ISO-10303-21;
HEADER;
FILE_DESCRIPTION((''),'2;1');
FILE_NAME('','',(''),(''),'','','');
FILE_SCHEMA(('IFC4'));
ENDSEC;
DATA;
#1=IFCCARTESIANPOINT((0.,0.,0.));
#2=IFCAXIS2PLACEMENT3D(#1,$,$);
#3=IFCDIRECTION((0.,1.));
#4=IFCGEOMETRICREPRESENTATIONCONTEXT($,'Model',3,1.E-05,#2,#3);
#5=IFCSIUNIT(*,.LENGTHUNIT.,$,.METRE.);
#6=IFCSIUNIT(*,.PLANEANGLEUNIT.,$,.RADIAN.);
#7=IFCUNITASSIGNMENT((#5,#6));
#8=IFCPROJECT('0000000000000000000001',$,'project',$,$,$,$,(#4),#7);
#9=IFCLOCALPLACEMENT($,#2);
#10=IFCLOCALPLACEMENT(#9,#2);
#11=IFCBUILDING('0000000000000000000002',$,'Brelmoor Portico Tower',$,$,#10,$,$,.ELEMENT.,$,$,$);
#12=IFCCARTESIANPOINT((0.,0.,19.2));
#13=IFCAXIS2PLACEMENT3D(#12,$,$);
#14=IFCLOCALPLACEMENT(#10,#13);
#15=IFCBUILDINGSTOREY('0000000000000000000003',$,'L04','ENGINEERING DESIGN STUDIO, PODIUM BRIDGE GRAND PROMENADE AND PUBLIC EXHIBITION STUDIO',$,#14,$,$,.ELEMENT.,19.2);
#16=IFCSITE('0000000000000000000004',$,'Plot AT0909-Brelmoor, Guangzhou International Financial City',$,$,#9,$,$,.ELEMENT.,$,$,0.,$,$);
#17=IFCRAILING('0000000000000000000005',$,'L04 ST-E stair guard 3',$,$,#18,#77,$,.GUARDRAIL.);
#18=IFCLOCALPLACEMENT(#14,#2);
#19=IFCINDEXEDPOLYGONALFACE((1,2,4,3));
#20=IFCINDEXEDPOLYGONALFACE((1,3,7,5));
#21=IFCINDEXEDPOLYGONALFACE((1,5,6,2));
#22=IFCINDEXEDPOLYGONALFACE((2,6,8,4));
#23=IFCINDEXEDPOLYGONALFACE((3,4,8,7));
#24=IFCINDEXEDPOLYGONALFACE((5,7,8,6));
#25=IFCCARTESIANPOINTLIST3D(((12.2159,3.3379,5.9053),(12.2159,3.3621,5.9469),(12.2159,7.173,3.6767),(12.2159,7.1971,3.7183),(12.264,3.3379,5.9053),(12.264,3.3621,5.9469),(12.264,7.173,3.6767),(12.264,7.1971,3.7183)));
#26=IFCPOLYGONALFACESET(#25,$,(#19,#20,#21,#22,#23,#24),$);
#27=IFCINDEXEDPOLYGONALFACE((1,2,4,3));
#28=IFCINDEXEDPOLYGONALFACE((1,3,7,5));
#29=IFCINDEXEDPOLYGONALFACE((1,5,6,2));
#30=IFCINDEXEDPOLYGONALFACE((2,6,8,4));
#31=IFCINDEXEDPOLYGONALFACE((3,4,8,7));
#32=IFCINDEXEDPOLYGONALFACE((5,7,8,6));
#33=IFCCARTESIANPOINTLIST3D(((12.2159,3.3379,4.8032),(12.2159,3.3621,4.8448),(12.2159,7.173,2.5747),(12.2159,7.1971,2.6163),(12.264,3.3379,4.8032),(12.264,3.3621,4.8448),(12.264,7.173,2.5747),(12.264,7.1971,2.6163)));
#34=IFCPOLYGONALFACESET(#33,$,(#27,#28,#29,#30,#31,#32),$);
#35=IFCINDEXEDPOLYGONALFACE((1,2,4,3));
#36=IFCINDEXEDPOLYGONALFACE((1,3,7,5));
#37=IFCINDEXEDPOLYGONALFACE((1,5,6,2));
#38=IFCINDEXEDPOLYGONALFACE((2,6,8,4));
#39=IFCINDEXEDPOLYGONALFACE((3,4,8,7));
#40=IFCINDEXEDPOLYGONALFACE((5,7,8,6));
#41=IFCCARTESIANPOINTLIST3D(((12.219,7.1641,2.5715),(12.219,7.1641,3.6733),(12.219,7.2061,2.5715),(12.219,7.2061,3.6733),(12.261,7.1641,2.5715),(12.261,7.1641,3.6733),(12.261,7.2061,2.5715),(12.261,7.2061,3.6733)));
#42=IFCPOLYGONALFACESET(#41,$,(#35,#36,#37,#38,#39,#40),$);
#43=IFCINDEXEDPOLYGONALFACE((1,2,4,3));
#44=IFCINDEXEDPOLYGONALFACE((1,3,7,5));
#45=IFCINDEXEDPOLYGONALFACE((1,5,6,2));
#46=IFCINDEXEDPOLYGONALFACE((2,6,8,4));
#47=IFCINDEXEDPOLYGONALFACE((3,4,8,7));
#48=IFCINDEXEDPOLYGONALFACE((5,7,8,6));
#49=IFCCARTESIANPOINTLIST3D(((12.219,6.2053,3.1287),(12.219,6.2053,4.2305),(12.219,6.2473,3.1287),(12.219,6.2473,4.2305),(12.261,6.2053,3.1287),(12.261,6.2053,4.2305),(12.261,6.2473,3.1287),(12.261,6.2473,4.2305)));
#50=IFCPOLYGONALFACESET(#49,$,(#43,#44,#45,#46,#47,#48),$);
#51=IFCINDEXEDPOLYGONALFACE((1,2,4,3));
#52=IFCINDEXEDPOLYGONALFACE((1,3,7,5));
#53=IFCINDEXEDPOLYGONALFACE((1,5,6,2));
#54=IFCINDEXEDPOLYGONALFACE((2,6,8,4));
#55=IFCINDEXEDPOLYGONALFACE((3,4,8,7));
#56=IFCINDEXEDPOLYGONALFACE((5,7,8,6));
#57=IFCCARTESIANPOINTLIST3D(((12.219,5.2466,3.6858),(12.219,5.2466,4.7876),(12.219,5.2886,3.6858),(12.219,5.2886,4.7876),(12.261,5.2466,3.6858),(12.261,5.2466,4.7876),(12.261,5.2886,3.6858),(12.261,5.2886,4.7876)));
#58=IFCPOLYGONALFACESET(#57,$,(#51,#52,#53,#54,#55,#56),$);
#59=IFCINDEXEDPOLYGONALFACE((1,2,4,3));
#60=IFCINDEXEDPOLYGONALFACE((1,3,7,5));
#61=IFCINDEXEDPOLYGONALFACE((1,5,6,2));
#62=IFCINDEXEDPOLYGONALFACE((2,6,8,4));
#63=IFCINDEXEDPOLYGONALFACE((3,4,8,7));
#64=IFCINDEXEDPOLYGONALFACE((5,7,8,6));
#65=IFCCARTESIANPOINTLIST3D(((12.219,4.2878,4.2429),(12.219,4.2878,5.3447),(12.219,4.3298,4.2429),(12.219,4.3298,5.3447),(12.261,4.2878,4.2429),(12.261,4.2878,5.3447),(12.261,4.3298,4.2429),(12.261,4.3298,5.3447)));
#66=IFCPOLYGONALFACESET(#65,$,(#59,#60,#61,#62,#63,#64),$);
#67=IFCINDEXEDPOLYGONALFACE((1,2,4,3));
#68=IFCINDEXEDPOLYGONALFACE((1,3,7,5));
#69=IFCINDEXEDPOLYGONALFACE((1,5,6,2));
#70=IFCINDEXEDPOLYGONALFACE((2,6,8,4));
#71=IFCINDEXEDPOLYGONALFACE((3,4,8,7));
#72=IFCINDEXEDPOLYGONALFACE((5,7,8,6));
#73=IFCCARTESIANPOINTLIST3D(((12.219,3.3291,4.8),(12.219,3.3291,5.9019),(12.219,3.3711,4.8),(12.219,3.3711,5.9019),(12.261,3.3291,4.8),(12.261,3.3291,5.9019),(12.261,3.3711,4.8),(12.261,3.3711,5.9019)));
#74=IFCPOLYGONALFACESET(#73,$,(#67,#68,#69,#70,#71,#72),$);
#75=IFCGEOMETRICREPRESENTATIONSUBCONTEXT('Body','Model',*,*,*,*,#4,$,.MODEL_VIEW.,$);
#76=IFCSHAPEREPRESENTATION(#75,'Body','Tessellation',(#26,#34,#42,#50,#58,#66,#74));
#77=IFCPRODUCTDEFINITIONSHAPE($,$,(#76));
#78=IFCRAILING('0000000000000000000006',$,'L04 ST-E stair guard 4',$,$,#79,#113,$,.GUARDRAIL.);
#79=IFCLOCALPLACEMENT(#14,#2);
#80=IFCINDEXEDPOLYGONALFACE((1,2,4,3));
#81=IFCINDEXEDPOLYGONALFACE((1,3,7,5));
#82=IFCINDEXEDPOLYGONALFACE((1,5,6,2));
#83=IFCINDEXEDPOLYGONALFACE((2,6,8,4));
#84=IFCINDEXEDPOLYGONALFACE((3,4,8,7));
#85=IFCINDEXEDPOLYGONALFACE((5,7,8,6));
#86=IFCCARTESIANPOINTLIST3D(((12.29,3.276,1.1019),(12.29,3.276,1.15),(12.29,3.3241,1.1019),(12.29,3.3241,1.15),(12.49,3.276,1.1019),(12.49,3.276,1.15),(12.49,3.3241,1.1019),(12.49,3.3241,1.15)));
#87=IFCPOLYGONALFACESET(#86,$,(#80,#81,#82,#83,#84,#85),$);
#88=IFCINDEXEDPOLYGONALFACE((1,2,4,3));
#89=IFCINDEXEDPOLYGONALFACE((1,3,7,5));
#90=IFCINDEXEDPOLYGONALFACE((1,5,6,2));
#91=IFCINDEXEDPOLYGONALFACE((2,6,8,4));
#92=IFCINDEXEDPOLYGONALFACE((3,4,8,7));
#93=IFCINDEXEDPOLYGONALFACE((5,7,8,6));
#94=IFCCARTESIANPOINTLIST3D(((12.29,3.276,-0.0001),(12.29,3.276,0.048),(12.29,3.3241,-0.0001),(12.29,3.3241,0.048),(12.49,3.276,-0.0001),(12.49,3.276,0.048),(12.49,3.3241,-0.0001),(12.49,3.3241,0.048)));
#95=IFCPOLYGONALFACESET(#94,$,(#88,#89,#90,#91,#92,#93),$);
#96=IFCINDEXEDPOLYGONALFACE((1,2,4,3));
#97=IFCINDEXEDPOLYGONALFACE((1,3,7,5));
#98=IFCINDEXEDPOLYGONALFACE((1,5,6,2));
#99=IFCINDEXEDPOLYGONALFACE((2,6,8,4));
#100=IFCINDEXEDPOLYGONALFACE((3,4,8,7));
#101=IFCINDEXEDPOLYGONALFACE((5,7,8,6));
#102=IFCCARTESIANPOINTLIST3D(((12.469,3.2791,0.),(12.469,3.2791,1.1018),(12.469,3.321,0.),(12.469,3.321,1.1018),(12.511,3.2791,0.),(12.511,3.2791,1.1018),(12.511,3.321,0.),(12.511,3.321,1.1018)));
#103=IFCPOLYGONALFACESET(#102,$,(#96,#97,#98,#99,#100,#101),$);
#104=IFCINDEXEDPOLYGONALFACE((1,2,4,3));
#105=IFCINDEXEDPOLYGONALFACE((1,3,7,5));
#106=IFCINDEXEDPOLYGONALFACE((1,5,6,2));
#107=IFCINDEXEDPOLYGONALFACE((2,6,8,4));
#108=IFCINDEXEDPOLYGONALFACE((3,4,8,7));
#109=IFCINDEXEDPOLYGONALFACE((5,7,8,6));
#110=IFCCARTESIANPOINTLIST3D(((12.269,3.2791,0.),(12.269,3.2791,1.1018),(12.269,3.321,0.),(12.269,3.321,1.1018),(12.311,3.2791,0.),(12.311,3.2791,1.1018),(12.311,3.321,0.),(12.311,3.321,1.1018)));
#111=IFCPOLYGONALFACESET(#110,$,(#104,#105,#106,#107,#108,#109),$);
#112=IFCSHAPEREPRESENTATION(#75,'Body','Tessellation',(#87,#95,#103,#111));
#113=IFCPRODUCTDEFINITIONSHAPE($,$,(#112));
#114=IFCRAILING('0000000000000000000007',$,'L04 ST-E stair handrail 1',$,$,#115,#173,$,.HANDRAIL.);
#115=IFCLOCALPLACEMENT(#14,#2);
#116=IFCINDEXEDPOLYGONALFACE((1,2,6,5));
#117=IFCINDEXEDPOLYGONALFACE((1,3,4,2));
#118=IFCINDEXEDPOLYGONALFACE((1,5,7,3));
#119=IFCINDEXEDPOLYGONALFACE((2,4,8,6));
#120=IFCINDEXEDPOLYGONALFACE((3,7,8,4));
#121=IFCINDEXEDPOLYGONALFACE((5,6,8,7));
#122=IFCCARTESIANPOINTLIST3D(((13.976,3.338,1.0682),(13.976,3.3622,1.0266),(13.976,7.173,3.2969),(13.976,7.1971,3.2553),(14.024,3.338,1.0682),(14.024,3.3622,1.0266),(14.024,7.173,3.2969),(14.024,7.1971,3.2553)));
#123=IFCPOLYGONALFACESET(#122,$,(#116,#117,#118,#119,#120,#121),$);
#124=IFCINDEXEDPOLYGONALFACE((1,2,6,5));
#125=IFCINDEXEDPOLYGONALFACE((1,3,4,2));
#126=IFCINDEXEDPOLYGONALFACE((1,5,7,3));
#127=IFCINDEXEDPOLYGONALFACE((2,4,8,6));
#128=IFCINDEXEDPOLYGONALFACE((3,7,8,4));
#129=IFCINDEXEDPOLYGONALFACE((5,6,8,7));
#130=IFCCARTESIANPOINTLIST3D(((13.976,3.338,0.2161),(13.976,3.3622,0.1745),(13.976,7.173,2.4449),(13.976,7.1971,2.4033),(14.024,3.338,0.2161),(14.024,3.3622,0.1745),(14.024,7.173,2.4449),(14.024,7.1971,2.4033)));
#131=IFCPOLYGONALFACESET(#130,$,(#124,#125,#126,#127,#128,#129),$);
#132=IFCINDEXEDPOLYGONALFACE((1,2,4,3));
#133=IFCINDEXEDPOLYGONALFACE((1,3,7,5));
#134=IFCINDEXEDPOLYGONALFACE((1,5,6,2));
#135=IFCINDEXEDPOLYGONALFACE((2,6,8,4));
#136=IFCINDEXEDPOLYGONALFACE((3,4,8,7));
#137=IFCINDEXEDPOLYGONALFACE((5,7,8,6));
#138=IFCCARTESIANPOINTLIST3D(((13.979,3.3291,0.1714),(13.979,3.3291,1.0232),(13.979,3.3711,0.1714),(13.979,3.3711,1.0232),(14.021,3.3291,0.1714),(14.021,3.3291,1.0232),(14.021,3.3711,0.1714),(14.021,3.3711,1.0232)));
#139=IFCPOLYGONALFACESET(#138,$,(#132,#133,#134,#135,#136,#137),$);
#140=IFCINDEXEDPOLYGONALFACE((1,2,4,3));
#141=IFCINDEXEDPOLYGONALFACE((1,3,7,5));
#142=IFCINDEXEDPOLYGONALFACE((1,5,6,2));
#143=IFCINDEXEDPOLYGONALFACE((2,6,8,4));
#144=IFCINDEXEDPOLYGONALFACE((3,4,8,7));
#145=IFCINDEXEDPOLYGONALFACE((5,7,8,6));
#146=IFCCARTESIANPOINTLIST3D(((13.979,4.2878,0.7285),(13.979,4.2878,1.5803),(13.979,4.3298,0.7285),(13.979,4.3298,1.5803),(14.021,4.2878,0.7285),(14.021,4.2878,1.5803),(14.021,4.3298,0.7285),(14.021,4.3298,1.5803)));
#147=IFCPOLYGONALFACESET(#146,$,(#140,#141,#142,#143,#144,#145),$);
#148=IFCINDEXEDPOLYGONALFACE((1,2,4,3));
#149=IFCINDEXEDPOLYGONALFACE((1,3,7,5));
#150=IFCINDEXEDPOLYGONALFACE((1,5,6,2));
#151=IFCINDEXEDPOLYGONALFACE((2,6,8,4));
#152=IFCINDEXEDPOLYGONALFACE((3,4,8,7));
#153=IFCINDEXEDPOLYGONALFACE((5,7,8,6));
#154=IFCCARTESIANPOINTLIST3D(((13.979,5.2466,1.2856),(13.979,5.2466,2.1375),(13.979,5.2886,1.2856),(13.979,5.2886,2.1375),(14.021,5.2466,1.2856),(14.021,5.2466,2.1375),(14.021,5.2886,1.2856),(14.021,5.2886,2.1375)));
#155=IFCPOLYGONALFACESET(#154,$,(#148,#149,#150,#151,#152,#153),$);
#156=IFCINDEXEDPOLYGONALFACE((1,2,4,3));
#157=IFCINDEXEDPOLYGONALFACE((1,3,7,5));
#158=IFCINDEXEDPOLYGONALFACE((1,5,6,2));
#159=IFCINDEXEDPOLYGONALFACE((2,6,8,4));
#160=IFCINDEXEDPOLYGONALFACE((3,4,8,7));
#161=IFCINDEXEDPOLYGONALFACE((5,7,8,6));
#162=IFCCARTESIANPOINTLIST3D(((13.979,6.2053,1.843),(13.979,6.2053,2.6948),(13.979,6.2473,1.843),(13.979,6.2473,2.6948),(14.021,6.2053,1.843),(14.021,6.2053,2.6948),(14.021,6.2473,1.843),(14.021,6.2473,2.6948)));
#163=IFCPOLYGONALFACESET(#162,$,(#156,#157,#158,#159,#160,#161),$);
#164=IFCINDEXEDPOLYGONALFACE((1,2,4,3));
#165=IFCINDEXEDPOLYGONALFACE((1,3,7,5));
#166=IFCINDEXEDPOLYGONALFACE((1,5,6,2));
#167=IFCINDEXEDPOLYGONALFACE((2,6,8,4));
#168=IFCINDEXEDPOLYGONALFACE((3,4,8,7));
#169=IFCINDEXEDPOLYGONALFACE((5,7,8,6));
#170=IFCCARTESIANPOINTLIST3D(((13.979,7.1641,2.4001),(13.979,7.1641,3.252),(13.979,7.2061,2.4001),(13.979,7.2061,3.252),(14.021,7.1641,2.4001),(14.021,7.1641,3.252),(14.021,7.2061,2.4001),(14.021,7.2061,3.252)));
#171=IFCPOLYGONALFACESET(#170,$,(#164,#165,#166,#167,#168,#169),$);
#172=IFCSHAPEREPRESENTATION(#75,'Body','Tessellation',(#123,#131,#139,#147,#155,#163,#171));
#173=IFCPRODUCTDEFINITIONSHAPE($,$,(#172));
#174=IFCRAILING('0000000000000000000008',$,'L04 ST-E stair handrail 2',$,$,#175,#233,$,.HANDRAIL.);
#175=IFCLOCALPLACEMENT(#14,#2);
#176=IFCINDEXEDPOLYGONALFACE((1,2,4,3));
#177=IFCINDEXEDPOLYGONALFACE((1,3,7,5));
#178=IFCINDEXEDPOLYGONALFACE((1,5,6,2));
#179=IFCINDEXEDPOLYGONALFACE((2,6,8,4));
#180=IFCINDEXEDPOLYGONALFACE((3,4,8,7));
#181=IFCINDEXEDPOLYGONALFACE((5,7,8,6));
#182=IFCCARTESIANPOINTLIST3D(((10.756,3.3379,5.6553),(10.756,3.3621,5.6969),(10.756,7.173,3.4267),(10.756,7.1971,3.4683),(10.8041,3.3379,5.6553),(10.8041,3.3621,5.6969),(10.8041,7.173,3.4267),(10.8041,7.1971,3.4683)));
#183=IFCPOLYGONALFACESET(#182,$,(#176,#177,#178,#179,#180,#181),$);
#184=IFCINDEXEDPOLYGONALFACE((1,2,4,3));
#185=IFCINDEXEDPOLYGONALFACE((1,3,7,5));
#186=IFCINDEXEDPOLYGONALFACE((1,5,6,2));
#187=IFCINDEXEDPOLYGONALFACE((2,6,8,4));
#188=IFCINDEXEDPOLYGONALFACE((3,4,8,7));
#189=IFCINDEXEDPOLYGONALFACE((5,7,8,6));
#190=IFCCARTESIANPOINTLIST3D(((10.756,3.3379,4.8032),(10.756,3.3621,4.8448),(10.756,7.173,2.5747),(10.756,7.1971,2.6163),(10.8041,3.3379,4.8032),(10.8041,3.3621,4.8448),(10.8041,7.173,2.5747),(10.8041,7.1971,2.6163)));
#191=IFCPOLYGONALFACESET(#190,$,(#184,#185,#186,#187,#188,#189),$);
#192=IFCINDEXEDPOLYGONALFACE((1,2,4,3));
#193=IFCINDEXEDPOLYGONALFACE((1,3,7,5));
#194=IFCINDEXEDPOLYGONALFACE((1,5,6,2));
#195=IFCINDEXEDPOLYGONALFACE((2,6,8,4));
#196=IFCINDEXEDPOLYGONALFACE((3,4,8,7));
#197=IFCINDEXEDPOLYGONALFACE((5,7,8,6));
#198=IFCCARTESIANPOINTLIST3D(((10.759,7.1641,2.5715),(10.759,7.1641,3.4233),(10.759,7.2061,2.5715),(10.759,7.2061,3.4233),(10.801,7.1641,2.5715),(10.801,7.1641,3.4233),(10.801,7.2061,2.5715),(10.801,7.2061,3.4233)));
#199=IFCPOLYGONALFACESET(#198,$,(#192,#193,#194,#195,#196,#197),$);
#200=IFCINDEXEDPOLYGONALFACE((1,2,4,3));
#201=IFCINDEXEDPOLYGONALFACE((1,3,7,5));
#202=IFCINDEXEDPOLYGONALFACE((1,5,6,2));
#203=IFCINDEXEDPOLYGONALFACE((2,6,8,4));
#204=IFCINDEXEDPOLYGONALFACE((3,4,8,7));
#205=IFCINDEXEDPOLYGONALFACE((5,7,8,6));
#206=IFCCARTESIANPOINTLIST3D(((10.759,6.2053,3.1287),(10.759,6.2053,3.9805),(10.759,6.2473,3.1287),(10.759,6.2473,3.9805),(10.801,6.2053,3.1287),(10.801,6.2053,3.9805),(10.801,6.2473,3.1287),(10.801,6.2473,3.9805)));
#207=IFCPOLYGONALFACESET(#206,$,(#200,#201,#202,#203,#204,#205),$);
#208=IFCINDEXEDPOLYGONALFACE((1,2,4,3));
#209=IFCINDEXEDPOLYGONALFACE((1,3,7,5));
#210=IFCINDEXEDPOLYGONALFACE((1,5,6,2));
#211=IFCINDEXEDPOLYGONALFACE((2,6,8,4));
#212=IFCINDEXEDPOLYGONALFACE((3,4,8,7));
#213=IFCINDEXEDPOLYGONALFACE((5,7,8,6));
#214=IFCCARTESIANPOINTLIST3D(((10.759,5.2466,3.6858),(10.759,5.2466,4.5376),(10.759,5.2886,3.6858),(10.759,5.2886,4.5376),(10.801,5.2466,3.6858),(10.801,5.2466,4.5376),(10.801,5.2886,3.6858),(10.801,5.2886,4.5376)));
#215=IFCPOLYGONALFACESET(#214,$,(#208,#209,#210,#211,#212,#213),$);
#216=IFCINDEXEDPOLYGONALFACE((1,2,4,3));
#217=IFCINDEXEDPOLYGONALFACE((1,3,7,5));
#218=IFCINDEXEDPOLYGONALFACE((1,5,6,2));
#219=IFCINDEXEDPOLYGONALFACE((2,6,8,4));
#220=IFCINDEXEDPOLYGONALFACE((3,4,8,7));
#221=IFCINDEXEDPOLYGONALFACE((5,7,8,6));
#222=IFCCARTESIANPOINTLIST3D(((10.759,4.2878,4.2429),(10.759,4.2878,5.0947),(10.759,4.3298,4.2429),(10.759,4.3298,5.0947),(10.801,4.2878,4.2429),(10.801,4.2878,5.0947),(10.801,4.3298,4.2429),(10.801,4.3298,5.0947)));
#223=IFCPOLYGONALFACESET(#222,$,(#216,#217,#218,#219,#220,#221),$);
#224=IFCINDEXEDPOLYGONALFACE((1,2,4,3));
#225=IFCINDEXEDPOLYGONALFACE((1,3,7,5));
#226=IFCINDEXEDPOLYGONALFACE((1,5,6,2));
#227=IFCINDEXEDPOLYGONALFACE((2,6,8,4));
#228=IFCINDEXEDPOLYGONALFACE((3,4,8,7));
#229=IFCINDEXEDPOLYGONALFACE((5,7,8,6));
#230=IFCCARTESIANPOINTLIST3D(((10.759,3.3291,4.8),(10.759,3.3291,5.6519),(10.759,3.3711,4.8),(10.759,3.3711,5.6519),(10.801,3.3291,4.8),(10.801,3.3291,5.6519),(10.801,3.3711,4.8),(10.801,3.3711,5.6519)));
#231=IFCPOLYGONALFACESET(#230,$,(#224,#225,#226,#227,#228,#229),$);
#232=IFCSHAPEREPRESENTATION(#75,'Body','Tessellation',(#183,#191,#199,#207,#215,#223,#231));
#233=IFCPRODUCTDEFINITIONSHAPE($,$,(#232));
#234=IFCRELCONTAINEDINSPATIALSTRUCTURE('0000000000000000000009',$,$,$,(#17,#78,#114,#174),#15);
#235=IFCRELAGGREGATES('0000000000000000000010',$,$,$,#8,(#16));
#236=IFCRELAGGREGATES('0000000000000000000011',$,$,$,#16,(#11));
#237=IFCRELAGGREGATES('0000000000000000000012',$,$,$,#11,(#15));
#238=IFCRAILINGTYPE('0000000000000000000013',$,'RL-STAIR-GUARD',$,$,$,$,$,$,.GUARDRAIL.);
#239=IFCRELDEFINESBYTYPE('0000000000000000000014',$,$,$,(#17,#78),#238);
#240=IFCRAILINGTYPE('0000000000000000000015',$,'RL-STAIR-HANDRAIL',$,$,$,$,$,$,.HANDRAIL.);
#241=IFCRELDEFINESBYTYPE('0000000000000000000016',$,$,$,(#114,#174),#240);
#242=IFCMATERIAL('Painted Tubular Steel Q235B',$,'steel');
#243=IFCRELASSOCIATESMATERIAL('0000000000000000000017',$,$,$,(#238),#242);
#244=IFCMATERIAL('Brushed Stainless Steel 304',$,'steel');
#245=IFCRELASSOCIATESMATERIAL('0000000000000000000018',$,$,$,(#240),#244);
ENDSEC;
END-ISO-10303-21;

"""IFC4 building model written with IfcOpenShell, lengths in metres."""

from ifc_helpers import new_model, si_unit, direction, frame, origin, origin_2d, place, context, subcontext, project, spatial, rectangle, extrude, material, type_object, element, save


model = new_model("IFC4")

# Units and contexts
model_context = context("Model", 3, precision=1e-05, world=origin(), true_north=direction((0.0, 1.0)))
body_context = subcontext(model_context, "Body", "Model", "MODEL_VIEW")
ifc_project = project(units=[si_unit("LENGTHUNIT", "METRE"), si_unit("PLANEANGLEUNIT", "RADIAN")], contexts=[model_context])

# Site, building, storey
site_placement = place(None, origin())
site = spatial("IfcSite", under=ifc_project, at=site_placement, Name="Plot AT0909-Brelmoor, Guangzhou International Financial City", CompositionType="ELEMENT", RefElevation=0.0)
building_placement = place(site_placement, origin())
building = spatial("IfcBuilding", under=site, at=building_placement, Name="Brelmoor Portico Tower", CompositionType="ELEMENT")
storey_placement = place(building_placement, frame((0.0, 0.0, 19.2)))
storey = spatial("IfcBuildingStorey", under=building, at=storey_placement, Name="L04", Description="ENGINEERING DESIGN STUDIO, PODIUM BRIDGE GRAND PROMENADE AND PUBLIC EXHIBITION STUDIO", CompositionType="ELEMENT", Elevation=19.2)

# Railings
ifc_material_1 = material(Name="Painted Tubular Steel Q235B", Category="steel")
railing_type_1 = type_object("IfcRailingType", Name="RL-STAIR-GUARD", PredefinedType="GUARDRAIL", material=ifc_material_1)
railing_1_placement = place(storey_placement, frame((12.24, 7.1851, 2.5715)))
element("IfcRailing", 1, at=railing_1_placement, inside=storey, type_object=railing_type_1, Name="L04 ST-E stair guard 3", PredefinedType="GUARDRAIL", context=body_context, shape_type="SweptSolid", body=[
    extrude(rectangle(XDim=0.0481, YDim=0.0481, at=origin_2d()), frame((0.0, 0.0, 1.126), z_axis=(0.0, -0.864616, 0.502433), x_axis=(1.0, 0.0, 0.0)), (0.0, 0.0, 1.0), 4.4355),
    extrude(rectangle(XDim=0.0481, YDim=0.0481, at=origin_2d()), frame((0.0, 0.0, 0.0239), z_axis=(0.0, -0.864616, 0.502433), x_axis=(1.0, 0.0, 0.0)), (0.0, 0.0, 1.0), 4.4355),
    extrude(rectangle(XDim=0.042, YDim=0.042, at=origin_2d()), origin(), (0.0, 0.0, 1.0), 1.1018),
    extrude(rectangle(XDim=0.042, YDim=0.042, at=origin_2d()), frame((0.0, -0.9587, 0.5571)), (0.0, 0.0, 1.0), 1.1018),
    extrude(rectangle(XDim=0.042, YDim=0.042, at=origin_2d()), frame((0.0, -1.9175, 1.1143)), (0.0, 0.0, 1.0), 1.1018),
    extrude(rectangle(XDim=0.042, YDim=0.042, at=origin_2d()), frame((0.0, -2.8762, 1.6714)), (0.0, 0.0, 1.0), 1.1018),
    extrude(rectangle(XDim=0.042, YDim=0.042, at=origin_2d()), frame((0.0, -3.835, 2.2285)), (0.0, 0.0, 1.0), 1.1018),
])
railing_2_placement = place(storey_placement, frame((12.49, 3.3, 0.0)))
element("IfcRailing", 2, at=railing_2_placement, inside=storey, type_object=railing_type_1, Name="L04 ST-E stair guard 4", PredefinedType="GUARDRAIL", context=body_context, shape_type="SweptSolid", body=[
    extrude(rectangle(XDim=0.0481, YDim=0.0481, at=origin_2d()), frame((0.0, 0.0, 1.126), z_axis=(-1.0, 0.0, 0.0), x_axis=(0.0, -1.0, 0.0)), (0.0, 0.0, 1.0), 0.2),
    extrude(rectangle(XDim=0.0481, YDim=0.0481, at=origin_2d()), frame((0.0, 0.0, 0.0239), z_axis=(-1.0, 0.0, 0.0), x_axis=(0.0, -1.0, 0.0)), (0.0, 0.0, 1.0), 0.2),
    extrude(rectangle(XDim=0.042, YDim=0.042, at=origin_2d()), origin(), (0.0, 0.0, 1.0), 1.1018),
    extrude(rectangle(XDim=0.042, YDim=0.042, at=origin_2d()), frame((-0.2, 0.0, 0.0)), (0.0, 0.0, 1.0), 1.1018),
])
ifc_material_2 = material(Name="Brushed Stainless Steel 304", Category="steel")
railing_type_2 = type_object("IfcRailingType", Name="RL-STAIR-HANDRAIL", PredefinedType="HANDRAIL", material=ifc_material_2)
railing_3_placement = place(storey_placement, frame((14.0, 3.3501, 0.1714)))
element("IfcRailing", 3, at=railing_3_placement, inside=storey, type_object=railing_type_2, Name="L04 ST-E stair handrail 1", PredefinedType="HANDRAIL", context=body_context, shape_type="SweptSolid", body=[
    extrude(rectangle(XDim=0.0481, YDim=0.0481, at=origin_2d()), frame((0.0, 0.0, 0.876), z_axis=(0.0, 0.864592, 0.502474), x_axis=(-1.0, 0.0, 0.0)), (0.0, 0.0, 1.0), 4.4355),
    extrude(rectangle(XDim=0.0481, YDim=0.0481, at=origin_2d()), frame((0.0, 0.0, 0.0239), z_axis=(0.0, 0.864592, 0.502474), x_axis=(-1.0, 0.0, 0.0)), (0.0, 0.0, 1.0), 4.4355),
    extrude(rectangle(XDim=0.042, YDim=0.042, at=origin_2d()), origin(), (0.0, 0.0, 1.0), 0.8518),
    extrude(rectangle(XDim=0.042, YDim=0.042, at=origin_2d()), frame((0.0, 0.9587, 0.5571)), (0.0, 0.0, 1.0), 0.8518),
    extrude(rectangle(XDim=0.042, YDim=0.042, at=origin_2d()), frame((0.0, 1.9175, 1.1143)), (0.0, 0.0, 1.0), 0.8518),
    extrude(rectangle(XDim=0.042, YDim=0.042, at=origin_2d()), frame((0.0, 2.8762, 1.6716)), (0.0, 0.0, 1.0), 0.8518),
    extrude(rectangle(XDim=0.042, YDim=0.042, at=origin_2d()), frame((0.0, 3.835, 2.2288)), (0.0, 0.0, 1.0), 0.8518),
])
railing_4_placement = place(storey_placement, frame((10.78, 7.1851, 2.5715)))
element("IfcRailing", 4, at=railing_4_placement, inside=storey, type_object=railing_type_2, Name="L04 ST-E stair handrail 2", PredefinedType="HANDRAIL", context=body_context, shape_type="SweptSolid", body=[
    extrude(rectangle(XDim=0.0481, YDim=0.0481, at=origin_2d()), frame((0.0, 0.0, 0.876), z_axis=(0.0, -0.864616, 0.502433), x_axis=(1.0, 0.0, 0.0)), (0.0, 0.0, 1.0), 4.4355),
    extrude(rectangle(XDim=0.0481, YDim=0.0481, at=origin_2d()), frame((0.0, 0.0, 0.0239), z_axis=(0.0, -0.864616, 0.502433), x_axis=(1.0, 0.0, 0.0)), (0.0, 0.0, 1.0), 4.4355),
    extrude(rectangle(XDim=0.042, YDim=0.042, at=origin_2d()), origin(), (0.0, 0.0, 1.0), 0.8518),
    extrude(rectangle(XDim=0.042, YDim=0.042, at=origin_2d()), frame((0.0, -0.9587, 0.5571)), (0.0, 0.0, 1.0), 0.8518),
    extrude(rectangle(XDim=0.042, YDim=0.042, at=origin_2d()), frame((0.0, -1.9175, 1.1143)), (0.0, 0.0, 1.0), 0.8518),
    extrude(rectangle(XDim=0.042, YDim=0.042, at=origin_2d()), frame((0.0, -2.8762, 1.6714)), (0.0, 0.0, 1.0), 0.8518),
    extrude(rectangle(XDim=0.042, YDim=0.042, at=origin_2d()), frame((0.0, -3.835, 2.2285)), (0.0, 0.0, 1.0), 0.8518),
])

save(model, "model.ifc")
